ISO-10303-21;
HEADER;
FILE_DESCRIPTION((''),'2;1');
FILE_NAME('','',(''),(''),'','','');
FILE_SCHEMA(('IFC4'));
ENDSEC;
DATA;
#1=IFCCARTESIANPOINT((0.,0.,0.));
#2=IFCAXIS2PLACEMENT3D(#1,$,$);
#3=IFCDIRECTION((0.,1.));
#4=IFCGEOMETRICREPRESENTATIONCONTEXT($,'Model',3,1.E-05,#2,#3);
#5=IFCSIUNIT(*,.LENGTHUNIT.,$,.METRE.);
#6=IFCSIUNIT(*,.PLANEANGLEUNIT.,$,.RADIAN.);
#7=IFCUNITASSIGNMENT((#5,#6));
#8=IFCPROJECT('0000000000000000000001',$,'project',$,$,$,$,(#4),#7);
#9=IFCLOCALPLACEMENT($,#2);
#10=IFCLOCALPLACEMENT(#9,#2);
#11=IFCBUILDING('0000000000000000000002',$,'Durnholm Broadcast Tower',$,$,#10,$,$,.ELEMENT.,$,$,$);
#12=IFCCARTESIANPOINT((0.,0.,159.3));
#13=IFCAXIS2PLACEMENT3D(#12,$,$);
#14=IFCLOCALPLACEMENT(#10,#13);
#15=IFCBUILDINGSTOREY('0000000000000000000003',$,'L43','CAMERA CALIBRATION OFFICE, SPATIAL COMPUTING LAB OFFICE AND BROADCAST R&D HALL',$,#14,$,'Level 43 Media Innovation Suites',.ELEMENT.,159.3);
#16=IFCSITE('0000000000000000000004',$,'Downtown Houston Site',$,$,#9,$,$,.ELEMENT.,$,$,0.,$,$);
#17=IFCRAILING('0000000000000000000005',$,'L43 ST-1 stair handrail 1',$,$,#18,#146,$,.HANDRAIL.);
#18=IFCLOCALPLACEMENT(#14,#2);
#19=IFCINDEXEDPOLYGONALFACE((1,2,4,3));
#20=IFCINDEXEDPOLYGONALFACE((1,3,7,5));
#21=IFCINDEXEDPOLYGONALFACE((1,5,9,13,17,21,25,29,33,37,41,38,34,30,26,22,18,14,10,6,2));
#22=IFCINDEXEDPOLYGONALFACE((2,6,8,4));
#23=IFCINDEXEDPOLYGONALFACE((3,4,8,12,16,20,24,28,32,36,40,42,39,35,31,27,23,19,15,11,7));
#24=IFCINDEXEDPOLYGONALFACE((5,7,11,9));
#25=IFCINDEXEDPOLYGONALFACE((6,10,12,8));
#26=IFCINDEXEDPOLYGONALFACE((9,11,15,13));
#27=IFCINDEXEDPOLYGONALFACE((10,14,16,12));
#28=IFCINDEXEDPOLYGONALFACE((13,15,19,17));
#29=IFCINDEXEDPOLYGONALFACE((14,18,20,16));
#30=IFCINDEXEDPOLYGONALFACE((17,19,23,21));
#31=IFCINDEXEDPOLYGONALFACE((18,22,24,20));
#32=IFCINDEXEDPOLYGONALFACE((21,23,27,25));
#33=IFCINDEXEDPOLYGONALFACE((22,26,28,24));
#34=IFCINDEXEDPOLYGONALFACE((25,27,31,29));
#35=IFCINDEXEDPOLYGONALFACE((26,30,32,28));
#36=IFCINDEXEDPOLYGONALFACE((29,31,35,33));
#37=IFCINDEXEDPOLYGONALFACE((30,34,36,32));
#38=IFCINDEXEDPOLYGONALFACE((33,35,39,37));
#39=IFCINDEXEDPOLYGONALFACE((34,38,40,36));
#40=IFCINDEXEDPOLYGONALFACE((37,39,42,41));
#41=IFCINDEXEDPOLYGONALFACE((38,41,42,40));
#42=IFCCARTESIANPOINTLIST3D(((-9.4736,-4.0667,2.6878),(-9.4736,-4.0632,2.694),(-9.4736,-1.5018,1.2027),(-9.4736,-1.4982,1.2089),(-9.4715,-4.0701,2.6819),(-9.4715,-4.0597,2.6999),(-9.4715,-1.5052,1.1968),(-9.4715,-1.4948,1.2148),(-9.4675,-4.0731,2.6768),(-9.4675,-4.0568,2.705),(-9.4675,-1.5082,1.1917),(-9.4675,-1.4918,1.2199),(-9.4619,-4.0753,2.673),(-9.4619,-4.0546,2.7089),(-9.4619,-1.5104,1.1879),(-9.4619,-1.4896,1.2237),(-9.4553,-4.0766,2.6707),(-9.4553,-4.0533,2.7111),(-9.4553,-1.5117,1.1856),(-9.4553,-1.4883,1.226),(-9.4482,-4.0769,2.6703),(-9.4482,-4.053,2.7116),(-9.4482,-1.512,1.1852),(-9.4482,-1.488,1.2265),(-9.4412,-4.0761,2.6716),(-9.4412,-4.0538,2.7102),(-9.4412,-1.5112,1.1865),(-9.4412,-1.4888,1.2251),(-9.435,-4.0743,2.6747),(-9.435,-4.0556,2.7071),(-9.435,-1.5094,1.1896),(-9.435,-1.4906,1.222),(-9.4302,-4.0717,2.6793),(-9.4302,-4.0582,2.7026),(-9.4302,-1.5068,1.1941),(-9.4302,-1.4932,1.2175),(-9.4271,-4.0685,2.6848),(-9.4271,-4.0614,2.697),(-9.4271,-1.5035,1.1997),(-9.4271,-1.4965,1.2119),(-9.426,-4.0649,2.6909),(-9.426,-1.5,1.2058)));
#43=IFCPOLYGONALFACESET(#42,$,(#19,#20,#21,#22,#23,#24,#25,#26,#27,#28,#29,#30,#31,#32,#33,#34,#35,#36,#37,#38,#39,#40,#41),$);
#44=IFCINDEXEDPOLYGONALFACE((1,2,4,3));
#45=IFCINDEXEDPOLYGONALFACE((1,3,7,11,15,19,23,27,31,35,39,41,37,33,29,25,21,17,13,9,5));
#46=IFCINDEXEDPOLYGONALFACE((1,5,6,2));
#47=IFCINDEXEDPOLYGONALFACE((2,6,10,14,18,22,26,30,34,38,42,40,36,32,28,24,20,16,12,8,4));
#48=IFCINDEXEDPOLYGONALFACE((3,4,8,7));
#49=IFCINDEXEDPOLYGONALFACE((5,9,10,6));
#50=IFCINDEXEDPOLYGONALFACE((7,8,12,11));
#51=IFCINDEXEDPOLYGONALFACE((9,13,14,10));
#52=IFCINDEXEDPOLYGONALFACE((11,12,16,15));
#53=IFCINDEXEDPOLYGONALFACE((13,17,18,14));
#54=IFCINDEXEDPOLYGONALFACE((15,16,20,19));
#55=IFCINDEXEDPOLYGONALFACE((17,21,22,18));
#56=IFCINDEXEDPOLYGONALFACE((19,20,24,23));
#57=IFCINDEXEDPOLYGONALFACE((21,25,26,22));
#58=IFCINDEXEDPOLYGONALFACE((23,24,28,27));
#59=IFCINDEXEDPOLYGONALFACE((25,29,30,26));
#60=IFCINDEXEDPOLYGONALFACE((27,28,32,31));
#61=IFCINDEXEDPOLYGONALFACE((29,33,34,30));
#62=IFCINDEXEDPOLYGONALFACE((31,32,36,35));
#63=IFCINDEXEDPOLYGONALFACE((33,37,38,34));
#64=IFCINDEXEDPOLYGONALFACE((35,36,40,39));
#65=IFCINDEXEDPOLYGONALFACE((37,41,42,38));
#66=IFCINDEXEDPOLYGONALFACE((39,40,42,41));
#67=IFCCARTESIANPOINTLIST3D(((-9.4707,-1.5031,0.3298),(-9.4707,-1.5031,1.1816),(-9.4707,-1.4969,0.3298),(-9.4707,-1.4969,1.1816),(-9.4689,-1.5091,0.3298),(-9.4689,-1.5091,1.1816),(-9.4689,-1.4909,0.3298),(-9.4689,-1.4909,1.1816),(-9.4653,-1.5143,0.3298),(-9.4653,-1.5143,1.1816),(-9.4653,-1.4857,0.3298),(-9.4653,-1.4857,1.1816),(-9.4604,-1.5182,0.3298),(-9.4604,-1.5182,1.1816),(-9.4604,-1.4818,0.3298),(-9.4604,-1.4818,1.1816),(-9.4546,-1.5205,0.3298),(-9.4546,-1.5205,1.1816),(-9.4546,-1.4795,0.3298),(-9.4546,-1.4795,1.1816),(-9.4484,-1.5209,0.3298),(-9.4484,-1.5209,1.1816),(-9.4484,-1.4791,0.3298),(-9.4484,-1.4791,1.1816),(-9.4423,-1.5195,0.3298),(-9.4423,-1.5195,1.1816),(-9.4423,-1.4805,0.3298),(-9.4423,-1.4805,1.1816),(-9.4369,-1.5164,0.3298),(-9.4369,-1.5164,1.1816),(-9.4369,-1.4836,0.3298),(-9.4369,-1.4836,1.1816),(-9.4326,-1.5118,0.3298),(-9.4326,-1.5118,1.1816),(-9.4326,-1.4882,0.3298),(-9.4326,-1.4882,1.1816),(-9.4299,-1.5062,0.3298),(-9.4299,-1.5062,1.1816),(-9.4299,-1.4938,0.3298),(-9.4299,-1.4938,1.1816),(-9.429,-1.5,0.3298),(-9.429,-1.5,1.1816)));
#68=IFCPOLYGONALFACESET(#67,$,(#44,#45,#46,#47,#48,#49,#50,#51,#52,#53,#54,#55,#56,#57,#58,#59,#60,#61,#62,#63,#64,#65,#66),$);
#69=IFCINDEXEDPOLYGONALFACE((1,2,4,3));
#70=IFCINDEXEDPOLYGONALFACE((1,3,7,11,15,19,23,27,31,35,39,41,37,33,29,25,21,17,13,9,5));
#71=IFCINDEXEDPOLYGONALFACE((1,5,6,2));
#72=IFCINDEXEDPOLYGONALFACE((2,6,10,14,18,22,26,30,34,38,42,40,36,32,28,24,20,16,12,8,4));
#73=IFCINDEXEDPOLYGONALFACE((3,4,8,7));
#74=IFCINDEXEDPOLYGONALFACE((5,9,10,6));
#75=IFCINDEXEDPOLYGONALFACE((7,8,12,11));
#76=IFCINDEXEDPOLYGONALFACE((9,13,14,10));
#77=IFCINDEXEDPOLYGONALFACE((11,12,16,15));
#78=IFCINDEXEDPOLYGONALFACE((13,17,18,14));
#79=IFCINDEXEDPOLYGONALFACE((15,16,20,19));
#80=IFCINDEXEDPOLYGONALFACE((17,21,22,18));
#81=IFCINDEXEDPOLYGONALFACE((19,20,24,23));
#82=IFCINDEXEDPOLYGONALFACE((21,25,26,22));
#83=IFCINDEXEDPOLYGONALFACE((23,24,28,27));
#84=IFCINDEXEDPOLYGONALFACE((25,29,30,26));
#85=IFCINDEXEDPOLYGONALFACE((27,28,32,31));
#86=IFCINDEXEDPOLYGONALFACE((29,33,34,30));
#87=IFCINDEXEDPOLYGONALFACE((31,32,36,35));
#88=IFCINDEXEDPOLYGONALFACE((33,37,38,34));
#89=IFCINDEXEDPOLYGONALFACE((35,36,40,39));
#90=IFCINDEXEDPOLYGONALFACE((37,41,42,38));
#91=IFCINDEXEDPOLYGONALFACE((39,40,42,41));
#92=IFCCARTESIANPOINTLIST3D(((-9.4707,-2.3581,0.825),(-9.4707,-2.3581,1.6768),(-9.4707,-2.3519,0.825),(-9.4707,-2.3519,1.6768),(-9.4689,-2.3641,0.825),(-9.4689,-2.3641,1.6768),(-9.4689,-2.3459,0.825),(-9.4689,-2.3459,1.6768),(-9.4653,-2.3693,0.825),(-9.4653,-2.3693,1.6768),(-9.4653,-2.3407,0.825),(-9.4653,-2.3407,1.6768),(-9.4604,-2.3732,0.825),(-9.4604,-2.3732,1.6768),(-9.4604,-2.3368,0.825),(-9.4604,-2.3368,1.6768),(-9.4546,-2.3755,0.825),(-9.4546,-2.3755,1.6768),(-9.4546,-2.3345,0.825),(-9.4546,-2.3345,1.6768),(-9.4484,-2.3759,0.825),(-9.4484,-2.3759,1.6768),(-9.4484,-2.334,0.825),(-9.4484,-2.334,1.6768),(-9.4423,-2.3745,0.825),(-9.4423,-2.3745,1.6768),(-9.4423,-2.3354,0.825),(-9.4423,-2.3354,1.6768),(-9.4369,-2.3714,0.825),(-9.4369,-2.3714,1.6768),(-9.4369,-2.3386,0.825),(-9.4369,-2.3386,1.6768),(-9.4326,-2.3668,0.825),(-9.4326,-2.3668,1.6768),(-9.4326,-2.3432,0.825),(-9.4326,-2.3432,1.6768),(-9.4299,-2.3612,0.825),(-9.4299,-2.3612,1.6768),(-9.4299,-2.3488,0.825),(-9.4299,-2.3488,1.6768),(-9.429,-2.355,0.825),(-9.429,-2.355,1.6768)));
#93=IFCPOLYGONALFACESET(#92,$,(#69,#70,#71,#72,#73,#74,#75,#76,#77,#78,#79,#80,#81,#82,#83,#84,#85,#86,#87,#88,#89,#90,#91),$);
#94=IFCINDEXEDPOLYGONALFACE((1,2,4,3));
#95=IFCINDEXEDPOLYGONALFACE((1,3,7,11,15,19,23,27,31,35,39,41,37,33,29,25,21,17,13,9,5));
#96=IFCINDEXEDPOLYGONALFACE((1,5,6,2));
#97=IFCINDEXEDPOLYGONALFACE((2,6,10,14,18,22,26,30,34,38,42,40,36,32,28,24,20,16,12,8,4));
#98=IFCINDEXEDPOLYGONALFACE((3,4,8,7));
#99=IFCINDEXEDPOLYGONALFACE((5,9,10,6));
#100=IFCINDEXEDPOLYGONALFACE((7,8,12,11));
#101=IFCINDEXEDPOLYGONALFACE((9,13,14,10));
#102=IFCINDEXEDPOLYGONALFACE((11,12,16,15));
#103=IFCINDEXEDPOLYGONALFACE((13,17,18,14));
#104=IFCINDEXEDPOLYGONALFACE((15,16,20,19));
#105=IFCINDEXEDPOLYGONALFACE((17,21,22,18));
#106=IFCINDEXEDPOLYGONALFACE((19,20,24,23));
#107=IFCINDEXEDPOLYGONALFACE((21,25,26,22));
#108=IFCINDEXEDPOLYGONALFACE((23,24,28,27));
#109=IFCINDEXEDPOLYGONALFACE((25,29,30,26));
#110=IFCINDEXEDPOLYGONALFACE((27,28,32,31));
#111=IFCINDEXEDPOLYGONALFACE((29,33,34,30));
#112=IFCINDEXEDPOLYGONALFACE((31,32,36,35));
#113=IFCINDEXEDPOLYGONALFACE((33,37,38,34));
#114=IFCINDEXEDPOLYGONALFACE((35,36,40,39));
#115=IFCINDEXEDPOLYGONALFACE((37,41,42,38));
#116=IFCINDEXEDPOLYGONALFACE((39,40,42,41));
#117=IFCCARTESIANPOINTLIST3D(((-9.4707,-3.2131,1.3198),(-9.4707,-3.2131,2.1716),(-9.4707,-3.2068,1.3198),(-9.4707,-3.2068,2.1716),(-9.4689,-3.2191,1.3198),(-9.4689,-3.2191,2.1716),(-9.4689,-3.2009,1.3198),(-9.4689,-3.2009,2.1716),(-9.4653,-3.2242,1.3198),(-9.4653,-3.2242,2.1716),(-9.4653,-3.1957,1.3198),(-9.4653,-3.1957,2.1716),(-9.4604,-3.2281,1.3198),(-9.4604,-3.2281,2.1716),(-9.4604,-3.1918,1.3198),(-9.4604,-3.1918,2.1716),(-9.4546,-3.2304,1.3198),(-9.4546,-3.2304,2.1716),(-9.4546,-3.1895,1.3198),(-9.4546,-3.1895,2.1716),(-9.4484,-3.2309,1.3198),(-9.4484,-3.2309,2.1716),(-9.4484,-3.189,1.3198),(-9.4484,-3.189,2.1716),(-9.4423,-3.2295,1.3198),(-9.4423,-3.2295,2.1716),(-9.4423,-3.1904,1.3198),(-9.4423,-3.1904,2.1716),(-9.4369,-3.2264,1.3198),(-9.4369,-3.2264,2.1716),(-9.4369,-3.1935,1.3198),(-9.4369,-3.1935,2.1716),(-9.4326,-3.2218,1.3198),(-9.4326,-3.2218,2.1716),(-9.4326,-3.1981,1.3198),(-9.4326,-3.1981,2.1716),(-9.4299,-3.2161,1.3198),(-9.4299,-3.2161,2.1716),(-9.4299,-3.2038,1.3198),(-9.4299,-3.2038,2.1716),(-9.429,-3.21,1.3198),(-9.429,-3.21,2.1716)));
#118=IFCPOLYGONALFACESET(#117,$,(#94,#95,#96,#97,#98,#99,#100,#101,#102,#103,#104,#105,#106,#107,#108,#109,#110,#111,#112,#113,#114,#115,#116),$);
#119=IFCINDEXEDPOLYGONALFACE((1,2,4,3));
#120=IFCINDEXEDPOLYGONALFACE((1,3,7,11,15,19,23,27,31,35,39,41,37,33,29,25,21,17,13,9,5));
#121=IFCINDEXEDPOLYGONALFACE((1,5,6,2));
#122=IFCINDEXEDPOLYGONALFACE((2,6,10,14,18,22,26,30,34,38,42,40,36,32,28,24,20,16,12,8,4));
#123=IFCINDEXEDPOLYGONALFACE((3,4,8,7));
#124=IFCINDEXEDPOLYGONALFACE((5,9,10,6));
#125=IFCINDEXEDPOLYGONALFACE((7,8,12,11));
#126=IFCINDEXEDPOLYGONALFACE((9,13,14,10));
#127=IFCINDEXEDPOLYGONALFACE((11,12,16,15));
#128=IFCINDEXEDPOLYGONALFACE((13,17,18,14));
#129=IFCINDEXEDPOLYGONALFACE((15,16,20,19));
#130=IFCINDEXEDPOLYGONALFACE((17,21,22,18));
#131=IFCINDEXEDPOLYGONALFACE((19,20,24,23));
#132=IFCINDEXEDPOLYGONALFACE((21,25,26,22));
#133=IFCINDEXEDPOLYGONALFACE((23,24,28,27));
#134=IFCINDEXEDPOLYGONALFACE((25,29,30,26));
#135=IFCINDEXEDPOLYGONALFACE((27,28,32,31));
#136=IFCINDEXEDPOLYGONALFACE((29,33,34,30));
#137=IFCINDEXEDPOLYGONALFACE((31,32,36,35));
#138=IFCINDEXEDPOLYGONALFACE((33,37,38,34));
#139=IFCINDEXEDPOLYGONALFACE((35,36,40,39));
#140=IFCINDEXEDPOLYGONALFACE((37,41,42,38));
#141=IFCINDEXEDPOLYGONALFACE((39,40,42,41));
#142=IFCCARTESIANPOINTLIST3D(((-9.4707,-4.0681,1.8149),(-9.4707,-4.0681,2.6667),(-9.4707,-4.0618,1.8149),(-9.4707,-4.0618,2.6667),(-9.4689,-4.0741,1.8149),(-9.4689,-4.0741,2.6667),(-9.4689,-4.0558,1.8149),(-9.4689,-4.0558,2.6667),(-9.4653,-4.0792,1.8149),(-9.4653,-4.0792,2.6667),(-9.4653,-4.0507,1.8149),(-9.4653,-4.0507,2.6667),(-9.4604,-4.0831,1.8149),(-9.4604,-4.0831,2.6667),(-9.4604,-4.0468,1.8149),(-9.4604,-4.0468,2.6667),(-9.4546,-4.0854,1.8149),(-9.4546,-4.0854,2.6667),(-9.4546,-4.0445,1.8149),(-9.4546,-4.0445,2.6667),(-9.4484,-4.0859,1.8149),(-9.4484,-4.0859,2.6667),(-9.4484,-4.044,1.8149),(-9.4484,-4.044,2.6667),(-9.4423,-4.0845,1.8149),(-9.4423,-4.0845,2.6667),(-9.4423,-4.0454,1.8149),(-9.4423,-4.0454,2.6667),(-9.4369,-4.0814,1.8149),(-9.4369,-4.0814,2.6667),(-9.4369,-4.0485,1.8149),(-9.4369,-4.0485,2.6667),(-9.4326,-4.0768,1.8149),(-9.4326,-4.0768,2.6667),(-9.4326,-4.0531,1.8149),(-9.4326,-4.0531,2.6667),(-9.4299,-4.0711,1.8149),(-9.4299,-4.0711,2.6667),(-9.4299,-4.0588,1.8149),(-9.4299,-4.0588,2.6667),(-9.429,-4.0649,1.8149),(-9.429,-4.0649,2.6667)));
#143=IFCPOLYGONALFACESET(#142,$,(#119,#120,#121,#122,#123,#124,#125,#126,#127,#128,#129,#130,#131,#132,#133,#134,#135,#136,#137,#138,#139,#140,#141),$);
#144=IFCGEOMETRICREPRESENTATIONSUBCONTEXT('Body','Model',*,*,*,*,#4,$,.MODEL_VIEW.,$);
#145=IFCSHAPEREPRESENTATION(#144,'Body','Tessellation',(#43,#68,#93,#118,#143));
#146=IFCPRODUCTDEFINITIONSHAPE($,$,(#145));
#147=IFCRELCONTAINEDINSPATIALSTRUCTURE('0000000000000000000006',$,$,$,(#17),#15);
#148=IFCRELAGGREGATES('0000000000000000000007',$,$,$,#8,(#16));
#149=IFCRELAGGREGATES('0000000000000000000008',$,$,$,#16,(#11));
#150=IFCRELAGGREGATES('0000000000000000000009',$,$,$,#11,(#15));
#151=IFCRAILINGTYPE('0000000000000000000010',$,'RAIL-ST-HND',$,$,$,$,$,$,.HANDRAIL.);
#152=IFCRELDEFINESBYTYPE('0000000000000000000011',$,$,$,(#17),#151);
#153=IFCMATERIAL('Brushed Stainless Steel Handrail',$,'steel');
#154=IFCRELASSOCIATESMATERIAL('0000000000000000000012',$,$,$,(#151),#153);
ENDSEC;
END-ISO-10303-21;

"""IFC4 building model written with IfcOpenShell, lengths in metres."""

from ifc_helpers import new_model, si_unit, direction, frame, origin, origin_2d, place, context, subcontext, project, spatial, circle, extrude, material, type_object, element, save


model = new_model("IFC4")

# Units and contexts
model_context = context("Model", 3, precision=1e-05, world=origin(), true_north=direction((0.0, 1.0)))
body_context = subcontext(model_context, "Body", "Model", "MODEL_VIEW")
ifc_project = project(units=[si_unit("LENGTHUNIT", "METRE"), si_unit("PLANEANGLEUNIT", "RADIAN")], contexts=[model_context])

# Site, building, storey
site_placement = place(None, origin())
site = spatial("IfcSite", under=ifc_project, at=site_placement, Name="Downtown Houston Site", CompositionType="ELEMENT", RefElevation=0.0)
building_placement = place(site_placement, origin())
building = spatial("IfcBuilding", under=site, at=building_placement, Name="Durnholm Broadcast Tower", CompositionType="ELEMENT")
storey_placement = place(building_placement, frame((0.0, 0.0, 159.3)))
storey = spatial("IfcBuildingStorey", under=building, at=storey_placement, Name="L43", Description="CAMERA CALIBRATION OFFICE, SPATIAL COMPUTING LAB OFFICE AND BROADCAST R&D HALL", LongName="Level 43 Media Innovation Suites", CompositionType="ELEMENT", Elevation=159.3)

# Railing
ifc_material_1 = material(Name="Brushed Stainless Steel Handrail", Category="steel")
railing_type_1 = type_object("IfcRailingType", Name="RAIL-ST-HND", PredefinedType="HANDRAIL", material=ifc_material_1)
railing_1_placement = place(storey_placement, frame((-9.45, -1.5, 0.3298)))
element("IfcRailing", 1, at=railing_1_placement, inside=storey, type_object=railing_type_1, Name="L43 ST-1 stair handrail 1", PredefinedType="HANDRAIL", context=body_context, shape_type="SweptSolid", body=[
    extrude(circle(Radius=0.0239, at=origin_2d()), frame((0.0, 0.0, 0.876), z_axis=(0.0, -0.865406, 0.501072), x_axis=(1.0, 0.0, 0.0)), (0.0, 0.0, 1.0), 2.9639),
    extrude(circle(Radius=0.021, at=origin_2d()), origin(), (0.0, 0.0, 1.0), 0.8518),
    extrude(circle(Radius=0.021, at=origin_2d()), frame((0.0, -0.855, 0.4951)), (0.0, 0.0, 1.0), 0.8518),
    extrude(circle(Radius=0.021, at=origin_2d()), frame((0.0, -1.71, 0.99)), (0.0, 0.0, 1.0), 0.8518),
    extrude(circle(Radius=0.021, at=origin_2d()), frame((0.0, -2.5649, 1.4851)), (0.0, 0.0, 1.0), 0.8518),
])

save(model, "model.ifc")
